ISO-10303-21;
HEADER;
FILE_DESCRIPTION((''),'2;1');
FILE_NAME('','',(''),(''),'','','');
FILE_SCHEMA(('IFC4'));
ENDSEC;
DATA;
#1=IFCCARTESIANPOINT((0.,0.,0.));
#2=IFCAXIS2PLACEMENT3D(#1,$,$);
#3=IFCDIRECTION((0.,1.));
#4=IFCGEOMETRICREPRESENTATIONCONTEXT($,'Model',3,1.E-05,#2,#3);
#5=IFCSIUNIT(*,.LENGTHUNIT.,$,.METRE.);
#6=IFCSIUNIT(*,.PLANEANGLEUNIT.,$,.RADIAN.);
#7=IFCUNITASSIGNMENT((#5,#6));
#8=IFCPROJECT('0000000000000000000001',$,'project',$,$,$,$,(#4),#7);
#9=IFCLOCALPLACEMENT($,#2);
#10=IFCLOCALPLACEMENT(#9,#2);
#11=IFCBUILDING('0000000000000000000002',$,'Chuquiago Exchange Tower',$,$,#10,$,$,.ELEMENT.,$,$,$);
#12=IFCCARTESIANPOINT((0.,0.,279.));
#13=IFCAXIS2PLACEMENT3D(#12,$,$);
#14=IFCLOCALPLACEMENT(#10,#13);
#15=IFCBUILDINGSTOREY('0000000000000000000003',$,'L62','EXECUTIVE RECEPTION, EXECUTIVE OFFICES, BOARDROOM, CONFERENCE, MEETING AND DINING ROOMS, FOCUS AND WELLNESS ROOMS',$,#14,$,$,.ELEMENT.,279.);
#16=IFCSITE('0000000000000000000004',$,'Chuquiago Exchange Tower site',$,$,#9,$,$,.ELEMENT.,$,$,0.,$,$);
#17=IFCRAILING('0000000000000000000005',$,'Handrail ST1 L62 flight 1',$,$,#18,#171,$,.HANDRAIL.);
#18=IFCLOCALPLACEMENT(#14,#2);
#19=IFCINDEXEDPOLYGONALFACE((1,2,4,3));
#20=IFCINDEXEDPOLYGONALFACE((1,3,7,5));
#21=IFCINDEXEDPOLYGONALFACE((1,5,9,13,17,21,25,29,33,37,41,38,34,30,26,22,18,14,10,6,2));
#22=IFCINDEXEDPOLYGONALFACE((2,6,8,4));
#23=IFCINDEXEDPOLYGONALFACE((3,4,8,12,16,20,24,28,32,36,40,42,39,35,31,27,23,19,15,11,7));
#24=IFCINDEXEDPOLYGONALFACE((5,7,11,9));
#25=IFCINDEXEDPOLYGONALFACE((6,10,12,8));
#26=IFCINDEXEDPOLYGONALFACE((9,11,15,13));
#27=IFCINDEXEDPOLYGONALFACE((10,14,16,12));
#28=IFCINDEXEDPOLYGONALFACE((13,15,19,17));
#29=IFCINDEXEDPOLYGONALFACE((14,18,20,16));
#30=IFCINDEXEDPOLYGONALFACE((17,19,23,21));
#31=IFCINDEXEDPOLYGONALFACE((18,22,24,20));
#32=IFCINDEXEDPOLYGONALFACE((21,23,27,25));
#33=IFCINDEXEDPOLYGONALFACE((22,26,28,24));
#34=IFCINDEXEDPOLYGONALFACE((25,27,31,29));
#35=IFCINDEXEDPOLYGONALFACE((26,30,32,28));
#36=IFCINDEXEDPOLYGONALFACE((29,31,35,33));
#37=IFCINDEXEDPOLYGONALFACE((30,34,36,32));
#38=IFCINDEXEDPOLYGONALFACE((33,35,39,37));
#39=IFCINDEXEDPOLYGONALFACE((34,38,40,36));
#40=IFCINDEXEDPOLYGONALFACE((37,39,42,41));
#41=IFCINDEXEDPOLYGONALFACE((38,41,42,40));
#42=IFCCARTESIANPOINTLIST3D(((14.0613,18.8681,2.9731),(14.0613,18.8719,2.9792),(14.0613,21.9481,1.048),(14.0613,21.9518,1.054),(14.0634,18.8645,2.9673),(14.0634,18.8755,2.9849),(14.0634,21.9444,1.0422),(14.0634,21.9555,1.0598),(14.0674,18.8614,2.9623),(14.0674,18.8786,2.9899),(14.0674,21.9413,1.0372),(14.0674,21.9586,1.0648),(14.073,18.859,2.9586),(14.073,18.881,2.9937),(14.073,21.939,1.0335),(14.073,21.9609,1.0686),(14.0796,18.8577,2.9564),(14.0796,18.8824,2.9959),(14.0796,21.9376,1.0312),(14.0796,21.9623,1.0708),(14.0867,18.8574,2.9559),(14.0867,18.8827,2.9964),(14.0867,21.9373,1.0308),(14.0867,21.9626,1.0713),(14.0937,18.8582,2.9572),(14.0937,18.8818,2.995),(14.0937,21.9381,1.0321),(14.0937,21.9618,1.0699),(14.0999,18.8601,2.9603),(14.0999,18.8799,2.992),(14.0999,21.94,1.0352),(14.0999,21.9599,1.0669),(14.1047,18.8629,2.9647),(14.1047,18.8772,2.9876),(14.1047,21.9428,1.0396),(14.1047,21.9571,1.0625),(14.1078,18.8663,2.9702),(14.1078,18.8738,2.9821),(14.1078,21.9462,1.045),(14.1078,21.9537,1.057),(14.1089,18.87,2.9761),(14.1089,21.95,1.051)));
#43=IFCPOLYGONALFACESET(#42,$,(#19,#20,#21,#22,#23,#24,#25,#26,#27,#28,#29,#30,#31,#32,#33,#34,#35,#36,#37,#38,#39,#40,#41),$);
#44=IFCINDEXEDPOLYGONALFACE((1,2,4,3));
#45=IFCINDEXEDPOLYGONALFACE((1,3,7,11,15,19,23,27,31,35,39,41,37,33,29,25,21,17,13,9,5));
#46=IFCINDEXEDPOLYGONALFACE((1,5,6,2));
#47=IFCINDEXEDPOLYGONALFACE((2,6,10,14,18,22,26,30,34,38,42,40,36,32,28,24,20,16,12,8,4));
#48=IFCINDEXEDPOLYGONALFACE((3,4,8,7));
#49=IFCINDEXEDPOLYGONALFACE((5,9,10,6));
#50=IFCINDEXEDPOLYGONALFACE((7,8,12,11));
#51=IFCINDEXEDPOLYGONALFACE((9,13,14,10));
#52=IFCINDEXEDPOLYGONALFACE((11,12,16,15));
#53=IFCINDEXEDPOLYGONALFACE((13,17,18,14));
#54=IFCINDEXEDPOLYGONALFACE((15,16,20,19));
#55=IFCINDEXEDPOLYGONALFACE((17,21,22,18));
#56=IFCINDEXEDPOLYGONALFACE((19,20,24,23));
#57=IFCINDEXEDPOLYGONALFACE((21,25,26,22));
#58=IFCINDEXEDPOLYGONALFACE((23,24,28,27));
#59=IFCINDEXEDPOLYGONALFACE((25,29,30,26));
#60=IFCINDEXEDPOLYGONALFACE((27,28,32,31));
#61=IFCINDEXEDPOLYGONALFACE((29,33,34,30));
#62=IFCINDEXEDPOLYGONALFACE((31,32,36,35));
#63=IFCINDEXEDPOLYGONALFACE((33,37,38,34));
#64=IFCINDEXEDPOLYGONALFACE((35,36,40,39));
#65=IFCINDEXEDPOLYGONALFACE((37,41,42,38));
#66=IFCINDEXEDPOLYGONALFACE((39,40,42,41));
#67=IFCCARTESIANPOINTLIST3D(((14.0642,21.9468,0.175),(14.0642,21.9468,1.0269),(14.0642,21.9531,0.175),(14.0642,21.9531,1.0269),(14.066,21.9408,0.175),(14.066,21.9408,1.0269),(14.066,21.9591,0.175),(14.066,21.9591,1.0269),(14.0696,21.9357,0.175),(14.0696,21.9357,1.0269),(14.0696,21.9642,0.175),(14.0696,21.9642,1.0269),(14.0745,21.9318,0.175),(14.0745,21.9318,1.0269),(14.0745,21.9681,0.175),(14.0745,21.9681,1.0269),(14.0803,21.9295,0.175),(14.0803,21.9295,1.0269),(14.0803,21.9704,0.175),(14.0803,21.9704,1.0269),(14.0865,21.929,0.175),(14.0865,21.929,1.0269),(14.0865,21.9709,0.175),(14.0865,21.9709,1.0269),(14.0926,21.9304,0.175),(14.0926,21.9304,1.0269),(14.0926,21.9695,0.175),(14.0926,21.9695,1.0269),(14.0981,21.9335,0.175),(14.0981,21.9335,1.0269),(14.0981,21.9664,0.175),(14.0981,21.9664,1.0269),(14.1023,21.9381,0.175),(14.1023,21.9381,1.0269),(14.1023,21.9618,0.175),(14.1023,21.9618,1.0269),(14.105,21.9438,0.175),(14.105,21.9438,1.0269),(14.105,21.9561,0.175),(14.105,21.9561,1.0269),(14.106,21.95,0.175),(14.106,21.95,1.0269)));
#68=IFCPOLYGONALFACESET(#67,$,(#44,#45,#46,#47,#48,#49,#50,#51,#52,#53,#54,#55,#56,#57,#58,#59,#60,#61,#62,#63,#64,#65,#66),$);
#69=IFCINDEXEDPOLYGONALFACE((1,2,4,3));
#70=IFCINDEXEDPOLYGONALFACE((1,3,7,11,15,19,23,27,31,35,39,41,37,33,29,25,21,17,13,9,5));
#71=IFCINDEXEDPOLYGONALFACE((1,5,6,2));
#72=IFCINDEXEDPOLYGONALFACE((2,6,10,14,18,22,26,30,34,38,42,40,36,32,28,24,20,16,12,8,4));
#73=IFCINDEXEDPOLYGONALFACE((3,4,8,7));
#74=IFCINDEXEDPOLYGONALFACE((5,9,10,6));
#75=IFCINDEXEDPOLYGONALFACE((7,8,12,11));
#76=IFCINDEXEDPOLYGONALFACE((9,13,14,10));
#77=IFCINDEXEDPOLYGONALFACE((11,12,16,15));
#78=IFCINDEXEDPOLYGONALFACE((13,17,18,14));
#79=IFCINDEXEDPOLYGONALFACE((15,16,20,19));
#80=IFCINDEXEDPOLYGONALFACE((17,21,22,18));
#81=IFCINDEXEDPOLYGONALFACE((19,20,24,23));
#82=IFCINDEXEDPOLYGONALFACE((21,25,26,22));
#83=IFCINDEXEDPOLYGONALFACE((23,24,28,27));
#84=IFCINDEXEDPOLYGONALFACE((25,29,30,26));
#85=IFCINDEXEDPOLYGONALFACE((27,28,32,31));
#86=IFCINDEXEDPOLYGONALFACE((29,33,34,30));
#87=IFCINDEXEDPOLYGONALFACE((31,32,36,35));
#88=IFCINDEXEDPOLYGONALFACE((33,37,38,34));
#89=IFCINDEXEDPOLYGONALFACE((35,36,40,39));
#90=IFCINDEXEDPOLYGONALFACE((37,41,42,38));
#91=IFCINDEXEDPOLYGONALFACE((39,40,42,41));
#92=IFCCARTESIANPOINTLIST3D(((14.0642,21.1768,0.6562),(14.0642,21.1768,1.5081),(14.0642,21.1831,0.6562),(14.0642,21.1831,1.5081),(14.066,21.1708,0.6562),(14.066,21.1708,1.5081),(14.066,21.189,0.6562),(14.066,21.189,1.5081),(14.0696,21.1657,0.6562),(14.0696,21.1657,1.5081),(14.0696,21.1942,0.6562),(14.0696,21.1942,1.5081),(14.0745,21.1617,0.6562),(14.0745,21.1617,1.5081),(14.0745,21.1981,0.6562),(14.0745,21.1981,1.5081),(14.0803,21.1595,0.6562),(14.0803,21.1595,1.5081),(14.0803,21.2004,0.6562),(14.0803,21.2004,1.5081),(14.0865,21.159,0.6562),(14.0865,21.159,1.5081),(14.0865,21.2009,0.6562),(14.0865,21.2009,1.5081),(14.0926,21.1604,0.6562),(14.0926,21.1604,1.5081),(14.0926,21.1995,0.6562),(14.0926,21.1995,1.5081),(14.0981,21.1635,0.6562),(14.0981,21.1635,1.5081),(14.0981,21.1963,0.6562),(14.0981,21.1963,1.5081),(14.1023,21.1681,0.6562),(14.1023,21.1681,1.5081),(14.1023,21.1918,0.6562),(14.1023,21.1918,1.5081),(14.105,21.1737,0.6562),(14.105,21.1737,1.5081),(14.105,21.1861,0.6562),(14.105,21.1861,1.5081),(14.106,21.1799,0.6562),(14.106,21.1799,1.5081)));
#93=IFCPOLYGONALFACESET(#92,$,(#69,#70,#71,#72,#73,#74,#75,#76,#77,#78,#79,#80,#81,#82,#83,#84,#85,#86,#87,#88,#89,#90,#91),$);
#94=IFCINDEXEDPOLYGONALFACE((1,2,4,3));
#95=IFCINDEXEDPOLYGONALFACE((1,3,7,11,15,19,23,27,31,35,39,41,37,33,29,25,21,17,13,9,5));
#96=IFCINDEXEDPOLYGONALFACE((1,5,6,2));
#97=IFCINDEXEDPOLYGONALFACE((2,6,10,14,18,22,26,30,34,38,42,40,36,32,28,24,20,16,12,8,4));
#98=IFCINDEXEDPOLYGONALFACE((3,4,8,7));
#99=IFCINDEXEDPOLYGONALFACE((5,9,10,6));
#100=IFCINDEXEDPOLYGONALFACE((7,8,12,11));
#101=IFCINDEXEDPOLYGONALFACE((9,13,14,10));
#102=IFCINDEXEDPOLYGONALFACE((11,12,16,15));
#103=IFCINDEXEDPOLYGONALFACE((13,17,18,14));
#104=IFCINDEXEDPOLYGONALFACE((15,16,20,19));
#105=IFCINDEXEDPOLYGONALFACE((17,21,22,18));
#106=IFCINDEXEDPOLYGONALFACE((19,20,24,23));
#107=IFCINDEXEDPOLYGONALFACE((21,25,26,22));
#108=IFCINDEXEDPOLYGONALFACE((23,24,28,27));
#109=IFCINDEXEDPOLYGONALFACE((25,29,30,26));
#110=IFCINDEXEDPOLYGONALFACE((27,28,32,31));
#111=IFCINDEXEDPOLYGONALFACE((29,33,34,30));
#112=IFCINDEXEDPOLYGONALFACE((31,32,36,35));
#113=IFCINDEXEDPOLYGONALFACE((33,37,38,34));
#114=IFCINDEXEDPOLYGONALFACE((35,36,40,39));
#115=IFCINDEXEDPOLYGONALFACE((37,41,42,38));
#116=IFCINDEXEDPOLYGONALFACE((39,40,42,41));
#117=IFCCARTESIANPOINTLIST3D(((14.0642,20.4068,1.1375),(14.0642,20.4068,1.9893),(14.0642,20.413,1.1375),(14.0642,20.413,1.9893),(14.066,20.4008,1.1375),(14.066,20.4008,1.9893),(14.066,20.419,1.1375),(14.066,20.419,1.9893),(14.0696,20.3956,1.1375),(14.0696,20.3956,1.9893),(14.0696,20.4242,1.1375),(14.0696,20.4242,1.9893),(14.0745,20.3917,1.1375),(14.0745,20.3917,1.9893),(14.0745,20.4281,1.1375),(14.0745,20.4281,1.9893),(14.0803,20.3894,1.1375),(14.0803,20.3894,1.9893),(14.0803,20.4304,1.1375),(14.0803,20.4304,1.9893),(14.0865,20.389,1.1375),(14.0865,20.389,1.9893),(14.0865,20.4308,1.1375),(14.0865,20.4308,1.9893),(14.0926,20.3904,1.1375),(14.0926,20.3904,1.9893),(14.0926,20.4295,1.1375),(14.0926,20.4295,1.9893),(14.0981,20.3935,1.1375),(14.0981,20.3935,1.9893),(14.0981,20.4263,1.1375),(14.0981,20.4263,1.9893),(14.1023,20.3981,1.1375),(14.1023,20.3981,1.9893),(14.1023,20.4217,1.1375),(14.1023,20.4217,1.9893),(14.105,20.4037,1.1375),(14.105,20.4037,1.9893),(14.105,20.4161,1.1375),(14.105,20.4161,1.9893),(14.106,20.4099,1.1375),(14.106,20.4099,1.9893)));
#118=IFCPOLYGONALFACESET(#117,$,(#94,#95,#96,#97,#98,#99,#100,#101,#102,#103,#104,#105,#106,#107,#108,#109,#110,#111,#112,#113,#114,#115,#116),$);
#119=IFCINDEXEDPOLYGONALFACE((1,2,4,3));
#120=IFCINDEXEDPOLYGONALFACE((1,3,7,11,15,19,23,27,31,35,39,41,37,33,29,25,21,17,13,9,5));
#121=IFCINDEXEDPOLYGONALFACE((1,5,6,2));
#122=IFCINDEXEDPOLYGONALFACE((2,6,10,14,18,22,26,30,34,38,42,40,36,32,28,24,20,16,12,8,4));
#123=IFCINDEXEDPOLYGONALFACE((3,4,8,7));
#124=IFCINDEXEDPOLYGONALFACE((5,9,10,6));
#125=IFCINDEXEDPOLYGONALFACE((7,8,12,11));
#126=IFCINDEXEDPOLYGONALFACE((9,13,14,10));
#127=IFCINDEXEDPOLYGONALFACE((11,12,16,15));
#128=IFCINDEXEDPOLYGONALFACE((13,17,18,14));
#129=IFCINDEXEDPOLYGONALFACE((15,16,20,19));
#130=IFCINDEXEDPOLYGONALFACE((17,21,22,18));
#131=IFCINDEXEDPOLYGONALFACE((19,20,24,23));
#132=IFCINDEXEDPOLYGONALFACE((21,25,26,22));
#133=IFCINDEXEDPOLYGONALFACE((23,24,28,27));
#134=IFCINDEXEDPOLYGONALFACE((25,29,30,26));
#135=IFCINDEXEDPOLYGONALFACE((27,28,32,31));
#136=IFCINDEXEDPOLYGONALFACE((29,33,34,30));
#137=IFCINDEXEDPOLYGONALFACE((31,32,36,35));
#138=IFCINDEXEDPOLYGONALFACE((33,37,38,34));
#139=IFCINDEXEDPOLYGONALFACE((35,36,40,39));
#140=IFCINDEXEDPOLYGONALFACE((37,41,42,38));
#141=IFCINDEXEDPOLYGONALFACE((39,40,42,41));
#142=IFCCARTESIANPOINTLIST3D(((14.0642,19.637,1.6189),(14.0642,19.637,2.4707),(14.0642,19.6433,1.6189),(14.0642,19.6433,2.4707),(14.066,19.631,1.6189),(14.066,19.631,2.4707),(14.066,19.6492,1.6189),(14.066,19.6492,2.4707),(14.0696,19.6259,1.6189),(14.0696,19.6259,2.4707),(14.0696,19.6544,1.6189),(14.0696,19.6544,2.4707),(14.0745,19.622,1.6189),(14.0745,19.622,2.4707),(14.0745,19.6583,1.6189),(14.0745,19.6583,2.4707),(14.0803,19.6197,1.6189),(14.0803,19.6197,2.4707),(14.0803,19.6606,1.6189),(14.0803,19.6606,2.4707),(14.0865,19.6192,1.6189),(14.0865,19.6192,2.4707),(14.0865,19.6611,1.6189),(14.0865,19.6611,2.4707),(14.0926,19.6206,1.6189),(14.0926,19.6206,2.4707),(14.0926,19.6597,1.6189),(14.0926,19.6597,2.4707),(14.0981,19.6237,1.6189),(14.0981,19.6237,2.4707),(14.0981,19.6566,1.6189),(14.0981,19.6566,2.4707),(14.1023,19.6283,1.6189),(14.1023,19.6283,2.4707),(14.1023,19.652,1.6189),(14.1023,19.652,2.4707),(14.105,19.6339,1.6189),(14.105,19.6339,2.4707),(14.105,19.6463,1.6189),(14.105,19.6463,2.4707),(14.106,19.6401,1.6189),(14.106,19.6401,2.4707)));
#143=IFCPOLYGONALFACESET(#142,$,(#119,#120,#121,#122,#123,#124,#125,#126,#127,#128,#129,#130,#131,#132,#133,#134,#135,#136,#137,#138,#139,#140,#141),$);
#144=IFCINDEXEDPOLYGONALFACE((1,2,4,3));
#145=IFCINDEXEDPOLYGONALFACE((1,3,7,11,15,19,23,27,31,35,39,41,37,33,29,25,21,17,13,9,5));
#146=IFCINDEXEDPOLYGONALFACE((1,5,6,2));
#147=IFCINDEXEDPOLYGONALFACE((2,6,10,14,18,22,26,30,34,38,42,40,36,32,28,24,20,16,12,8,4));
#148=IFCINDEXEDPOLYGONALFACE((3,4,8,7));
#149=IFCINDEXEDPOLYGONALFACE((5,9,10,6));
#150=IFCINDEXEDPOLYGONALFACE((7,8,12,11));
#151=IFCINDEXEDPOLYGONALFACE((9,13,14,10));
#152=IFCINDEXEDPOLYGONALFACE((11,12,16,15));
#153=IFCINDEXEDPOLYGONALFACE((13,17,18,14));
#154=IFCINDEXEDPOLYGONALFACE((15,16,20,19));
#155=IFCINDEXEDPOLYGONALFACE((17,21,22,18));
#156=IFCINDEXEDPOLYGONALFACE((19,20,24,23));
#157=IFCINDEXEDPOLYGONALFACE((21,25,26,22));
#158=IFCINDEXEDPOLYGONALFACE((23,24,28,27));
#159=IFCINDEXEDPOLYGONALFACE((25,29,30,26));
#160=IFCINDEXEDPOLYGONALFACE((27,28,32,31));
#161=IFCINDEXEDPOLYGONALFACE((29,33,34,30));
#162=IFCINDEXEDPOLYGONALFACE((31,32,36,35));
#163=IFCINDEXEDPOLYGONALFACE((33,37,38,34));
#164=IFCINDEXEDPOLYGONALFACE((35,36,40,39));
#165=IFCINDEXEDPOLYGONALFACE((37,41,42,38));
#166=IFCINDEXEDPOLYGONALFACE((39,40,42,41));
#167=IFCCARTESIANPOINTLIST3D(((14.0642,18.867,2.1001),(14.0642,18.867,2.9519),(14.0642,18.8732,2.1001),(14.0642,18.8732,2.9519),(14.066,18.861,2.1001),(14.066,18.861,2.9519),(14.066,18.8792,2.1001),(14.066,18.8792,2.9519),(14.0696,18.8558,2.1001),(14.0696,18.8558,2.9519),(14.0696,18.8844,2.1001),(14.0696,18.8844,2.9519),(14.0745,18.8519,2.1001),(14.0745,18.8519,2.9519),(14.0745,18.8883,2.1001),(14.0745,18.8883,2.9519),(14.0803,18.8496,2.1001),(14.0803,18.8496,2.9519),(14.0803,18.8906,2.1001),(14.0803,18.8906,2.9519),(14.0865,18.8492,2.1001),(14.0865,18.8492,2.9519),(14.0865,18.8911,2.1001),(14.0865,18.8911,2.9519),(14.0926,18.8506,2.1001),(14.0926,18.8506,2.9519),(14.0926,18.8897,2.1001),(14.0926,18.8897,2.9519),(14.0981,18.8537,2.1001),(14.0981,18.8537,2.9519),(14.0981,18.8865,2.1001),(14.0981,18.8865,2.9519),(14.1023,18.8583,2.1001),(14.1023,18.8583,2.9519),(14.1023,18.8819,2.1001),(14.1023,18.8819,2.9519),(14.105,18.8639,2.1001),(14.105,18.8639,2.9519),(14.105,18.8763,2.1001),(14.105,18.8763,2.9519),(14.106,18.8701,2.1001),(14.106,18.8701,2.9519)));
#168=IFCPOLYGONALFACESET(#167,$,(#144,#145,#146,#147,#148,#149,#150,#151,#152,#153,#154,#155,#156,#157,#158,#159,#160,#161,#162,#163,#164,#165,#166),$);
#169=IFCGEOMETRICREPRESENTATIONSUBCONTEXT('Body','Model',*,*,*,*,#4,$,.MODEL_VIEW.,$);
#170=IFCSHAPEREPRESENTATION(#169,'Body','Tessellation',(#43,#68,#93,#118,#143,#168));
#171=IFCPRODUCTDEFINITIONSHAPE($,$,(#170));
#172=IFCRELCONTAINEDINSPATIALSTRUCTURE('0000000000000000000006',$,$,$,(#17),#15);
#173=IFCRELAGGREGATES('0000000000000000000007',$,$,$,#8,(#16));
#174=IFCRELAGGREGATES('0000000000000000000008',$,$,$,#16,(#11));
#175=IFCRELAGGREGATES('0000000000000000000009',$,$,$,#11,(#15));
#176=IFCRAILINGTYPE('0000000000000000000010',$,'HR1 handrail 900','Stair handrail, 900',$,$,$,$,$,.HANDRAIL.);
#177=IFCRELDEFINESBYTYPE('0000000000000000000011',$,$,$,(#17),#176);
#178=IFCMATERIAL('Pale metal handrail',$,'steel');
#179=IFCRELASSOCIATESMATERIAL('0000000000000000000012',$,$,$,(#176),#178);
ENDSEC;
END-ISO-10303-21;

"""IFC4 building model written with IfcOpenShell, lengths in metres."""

from ifc_helpers import new_model, si_unit, direction, frame, origin, origin_2d, place, context, subcontext, project, spatial, circle, extrude, material, type_object, element, save


model = new_model("IFC4")

# Units and contexts
model_context = context("Model", 3, precision=1e-05, world=origin(), true_north=direction((0.0, 1.0)))
body_context = subcontext(model_context, "Body", "Model", "MODEL_VIEW")
ifc_project = project(units=[si_unit("LENGTHUNIT", "METRE"), si_unit("PLANEANGLEUNIT", "RADIAN")], contexts=[model_context])

# Site, building, storey
site_placement = place(None, origin())
site = spatial("IfcSite", under=ifc_project, at=site_placement, Name="Chuquiago Exchange Tower site", CompositionType="ELEMENT", RefElevation=0.0)
building_placement = place(site_placement, origin())
building = spatial("IfcBuilding", under=site, at=building_placement, Name="Chuquiago Exchange Tower", CompositionType="ELEMENT")
storey_placement = place(building_placement, frame((0.0, 0.0, 279.0)))
storey = spatial("IfcBuildingStorey", under=building, at=storey_placement, Name="L62", Description="EXECUTIVE RECEPTION, EXECUTIVE OFFICES, BOARDROOM, CONFERENCE, MEETING AND DINING ROOMS, FOCUS AND WELLNESS ROOMS", CompositionType="ELEMENT", Elevation=279.0)

# Railing
ifc_material_1 = material(Name="Pale metal handrail", Category="steel")
railing_type_1 = type_object("IfcRailingType", Name="HR1 handrail 900", Description="Stair handrail, 900", PredefinedType="HANDRAIL", material=ifc_material_1)
for number, where, name in (
    (1, (14.085, 21.95, 0.175), "Handrail ST1 L62 flight 1"),
):
    element("IfcRailing", number, at=place(storey_placement, frame(where)), inside=storey, type_object=railing_type_1, Name=name, PredefinedType="HANDRAIL", context=body_context, shape_type="SweptSolid", body=[
        extrude(circle(Radius=0.0239, at=origin_2d()), frame((0.0, 0.0, 0.876), z_axis=(0.0, -0.847979, 0.530029), x_axis=(1.0, 0.0, 0.0)), (0.0, 0.0, 1.0), 3.6321),
        extrude(circle(Radius=0.021, at=origin_2d()), origin(), (0.0, 0.0, 1.0), 0.8518),
        extrude(circle(Radius=0.021, at=origin_2d()), frame((0.0, -0.77, 0.4812)), (0.0, 0.0, 1.0), 0.8518),
        extrude(circle(Radius=0.021, at=origin_2d()), frame((0.0, -1.54, 0.9624)), (0.0, 0.0, 1.0), 0.8518),
        extrude(circle(Radius=0.021, at=origin_2d()), frame((0.0, -2.3098, 1.4438)), (0.0, 0.0, 1.0), 0.8518),
        extrude(circle(Radius=0.021, at=origin_2d()), frame((0.0, -3.0798, 1.925)), (0.0, 0.0, 1.0), 0.8518),
    ])

save(model, "model.ifc")
